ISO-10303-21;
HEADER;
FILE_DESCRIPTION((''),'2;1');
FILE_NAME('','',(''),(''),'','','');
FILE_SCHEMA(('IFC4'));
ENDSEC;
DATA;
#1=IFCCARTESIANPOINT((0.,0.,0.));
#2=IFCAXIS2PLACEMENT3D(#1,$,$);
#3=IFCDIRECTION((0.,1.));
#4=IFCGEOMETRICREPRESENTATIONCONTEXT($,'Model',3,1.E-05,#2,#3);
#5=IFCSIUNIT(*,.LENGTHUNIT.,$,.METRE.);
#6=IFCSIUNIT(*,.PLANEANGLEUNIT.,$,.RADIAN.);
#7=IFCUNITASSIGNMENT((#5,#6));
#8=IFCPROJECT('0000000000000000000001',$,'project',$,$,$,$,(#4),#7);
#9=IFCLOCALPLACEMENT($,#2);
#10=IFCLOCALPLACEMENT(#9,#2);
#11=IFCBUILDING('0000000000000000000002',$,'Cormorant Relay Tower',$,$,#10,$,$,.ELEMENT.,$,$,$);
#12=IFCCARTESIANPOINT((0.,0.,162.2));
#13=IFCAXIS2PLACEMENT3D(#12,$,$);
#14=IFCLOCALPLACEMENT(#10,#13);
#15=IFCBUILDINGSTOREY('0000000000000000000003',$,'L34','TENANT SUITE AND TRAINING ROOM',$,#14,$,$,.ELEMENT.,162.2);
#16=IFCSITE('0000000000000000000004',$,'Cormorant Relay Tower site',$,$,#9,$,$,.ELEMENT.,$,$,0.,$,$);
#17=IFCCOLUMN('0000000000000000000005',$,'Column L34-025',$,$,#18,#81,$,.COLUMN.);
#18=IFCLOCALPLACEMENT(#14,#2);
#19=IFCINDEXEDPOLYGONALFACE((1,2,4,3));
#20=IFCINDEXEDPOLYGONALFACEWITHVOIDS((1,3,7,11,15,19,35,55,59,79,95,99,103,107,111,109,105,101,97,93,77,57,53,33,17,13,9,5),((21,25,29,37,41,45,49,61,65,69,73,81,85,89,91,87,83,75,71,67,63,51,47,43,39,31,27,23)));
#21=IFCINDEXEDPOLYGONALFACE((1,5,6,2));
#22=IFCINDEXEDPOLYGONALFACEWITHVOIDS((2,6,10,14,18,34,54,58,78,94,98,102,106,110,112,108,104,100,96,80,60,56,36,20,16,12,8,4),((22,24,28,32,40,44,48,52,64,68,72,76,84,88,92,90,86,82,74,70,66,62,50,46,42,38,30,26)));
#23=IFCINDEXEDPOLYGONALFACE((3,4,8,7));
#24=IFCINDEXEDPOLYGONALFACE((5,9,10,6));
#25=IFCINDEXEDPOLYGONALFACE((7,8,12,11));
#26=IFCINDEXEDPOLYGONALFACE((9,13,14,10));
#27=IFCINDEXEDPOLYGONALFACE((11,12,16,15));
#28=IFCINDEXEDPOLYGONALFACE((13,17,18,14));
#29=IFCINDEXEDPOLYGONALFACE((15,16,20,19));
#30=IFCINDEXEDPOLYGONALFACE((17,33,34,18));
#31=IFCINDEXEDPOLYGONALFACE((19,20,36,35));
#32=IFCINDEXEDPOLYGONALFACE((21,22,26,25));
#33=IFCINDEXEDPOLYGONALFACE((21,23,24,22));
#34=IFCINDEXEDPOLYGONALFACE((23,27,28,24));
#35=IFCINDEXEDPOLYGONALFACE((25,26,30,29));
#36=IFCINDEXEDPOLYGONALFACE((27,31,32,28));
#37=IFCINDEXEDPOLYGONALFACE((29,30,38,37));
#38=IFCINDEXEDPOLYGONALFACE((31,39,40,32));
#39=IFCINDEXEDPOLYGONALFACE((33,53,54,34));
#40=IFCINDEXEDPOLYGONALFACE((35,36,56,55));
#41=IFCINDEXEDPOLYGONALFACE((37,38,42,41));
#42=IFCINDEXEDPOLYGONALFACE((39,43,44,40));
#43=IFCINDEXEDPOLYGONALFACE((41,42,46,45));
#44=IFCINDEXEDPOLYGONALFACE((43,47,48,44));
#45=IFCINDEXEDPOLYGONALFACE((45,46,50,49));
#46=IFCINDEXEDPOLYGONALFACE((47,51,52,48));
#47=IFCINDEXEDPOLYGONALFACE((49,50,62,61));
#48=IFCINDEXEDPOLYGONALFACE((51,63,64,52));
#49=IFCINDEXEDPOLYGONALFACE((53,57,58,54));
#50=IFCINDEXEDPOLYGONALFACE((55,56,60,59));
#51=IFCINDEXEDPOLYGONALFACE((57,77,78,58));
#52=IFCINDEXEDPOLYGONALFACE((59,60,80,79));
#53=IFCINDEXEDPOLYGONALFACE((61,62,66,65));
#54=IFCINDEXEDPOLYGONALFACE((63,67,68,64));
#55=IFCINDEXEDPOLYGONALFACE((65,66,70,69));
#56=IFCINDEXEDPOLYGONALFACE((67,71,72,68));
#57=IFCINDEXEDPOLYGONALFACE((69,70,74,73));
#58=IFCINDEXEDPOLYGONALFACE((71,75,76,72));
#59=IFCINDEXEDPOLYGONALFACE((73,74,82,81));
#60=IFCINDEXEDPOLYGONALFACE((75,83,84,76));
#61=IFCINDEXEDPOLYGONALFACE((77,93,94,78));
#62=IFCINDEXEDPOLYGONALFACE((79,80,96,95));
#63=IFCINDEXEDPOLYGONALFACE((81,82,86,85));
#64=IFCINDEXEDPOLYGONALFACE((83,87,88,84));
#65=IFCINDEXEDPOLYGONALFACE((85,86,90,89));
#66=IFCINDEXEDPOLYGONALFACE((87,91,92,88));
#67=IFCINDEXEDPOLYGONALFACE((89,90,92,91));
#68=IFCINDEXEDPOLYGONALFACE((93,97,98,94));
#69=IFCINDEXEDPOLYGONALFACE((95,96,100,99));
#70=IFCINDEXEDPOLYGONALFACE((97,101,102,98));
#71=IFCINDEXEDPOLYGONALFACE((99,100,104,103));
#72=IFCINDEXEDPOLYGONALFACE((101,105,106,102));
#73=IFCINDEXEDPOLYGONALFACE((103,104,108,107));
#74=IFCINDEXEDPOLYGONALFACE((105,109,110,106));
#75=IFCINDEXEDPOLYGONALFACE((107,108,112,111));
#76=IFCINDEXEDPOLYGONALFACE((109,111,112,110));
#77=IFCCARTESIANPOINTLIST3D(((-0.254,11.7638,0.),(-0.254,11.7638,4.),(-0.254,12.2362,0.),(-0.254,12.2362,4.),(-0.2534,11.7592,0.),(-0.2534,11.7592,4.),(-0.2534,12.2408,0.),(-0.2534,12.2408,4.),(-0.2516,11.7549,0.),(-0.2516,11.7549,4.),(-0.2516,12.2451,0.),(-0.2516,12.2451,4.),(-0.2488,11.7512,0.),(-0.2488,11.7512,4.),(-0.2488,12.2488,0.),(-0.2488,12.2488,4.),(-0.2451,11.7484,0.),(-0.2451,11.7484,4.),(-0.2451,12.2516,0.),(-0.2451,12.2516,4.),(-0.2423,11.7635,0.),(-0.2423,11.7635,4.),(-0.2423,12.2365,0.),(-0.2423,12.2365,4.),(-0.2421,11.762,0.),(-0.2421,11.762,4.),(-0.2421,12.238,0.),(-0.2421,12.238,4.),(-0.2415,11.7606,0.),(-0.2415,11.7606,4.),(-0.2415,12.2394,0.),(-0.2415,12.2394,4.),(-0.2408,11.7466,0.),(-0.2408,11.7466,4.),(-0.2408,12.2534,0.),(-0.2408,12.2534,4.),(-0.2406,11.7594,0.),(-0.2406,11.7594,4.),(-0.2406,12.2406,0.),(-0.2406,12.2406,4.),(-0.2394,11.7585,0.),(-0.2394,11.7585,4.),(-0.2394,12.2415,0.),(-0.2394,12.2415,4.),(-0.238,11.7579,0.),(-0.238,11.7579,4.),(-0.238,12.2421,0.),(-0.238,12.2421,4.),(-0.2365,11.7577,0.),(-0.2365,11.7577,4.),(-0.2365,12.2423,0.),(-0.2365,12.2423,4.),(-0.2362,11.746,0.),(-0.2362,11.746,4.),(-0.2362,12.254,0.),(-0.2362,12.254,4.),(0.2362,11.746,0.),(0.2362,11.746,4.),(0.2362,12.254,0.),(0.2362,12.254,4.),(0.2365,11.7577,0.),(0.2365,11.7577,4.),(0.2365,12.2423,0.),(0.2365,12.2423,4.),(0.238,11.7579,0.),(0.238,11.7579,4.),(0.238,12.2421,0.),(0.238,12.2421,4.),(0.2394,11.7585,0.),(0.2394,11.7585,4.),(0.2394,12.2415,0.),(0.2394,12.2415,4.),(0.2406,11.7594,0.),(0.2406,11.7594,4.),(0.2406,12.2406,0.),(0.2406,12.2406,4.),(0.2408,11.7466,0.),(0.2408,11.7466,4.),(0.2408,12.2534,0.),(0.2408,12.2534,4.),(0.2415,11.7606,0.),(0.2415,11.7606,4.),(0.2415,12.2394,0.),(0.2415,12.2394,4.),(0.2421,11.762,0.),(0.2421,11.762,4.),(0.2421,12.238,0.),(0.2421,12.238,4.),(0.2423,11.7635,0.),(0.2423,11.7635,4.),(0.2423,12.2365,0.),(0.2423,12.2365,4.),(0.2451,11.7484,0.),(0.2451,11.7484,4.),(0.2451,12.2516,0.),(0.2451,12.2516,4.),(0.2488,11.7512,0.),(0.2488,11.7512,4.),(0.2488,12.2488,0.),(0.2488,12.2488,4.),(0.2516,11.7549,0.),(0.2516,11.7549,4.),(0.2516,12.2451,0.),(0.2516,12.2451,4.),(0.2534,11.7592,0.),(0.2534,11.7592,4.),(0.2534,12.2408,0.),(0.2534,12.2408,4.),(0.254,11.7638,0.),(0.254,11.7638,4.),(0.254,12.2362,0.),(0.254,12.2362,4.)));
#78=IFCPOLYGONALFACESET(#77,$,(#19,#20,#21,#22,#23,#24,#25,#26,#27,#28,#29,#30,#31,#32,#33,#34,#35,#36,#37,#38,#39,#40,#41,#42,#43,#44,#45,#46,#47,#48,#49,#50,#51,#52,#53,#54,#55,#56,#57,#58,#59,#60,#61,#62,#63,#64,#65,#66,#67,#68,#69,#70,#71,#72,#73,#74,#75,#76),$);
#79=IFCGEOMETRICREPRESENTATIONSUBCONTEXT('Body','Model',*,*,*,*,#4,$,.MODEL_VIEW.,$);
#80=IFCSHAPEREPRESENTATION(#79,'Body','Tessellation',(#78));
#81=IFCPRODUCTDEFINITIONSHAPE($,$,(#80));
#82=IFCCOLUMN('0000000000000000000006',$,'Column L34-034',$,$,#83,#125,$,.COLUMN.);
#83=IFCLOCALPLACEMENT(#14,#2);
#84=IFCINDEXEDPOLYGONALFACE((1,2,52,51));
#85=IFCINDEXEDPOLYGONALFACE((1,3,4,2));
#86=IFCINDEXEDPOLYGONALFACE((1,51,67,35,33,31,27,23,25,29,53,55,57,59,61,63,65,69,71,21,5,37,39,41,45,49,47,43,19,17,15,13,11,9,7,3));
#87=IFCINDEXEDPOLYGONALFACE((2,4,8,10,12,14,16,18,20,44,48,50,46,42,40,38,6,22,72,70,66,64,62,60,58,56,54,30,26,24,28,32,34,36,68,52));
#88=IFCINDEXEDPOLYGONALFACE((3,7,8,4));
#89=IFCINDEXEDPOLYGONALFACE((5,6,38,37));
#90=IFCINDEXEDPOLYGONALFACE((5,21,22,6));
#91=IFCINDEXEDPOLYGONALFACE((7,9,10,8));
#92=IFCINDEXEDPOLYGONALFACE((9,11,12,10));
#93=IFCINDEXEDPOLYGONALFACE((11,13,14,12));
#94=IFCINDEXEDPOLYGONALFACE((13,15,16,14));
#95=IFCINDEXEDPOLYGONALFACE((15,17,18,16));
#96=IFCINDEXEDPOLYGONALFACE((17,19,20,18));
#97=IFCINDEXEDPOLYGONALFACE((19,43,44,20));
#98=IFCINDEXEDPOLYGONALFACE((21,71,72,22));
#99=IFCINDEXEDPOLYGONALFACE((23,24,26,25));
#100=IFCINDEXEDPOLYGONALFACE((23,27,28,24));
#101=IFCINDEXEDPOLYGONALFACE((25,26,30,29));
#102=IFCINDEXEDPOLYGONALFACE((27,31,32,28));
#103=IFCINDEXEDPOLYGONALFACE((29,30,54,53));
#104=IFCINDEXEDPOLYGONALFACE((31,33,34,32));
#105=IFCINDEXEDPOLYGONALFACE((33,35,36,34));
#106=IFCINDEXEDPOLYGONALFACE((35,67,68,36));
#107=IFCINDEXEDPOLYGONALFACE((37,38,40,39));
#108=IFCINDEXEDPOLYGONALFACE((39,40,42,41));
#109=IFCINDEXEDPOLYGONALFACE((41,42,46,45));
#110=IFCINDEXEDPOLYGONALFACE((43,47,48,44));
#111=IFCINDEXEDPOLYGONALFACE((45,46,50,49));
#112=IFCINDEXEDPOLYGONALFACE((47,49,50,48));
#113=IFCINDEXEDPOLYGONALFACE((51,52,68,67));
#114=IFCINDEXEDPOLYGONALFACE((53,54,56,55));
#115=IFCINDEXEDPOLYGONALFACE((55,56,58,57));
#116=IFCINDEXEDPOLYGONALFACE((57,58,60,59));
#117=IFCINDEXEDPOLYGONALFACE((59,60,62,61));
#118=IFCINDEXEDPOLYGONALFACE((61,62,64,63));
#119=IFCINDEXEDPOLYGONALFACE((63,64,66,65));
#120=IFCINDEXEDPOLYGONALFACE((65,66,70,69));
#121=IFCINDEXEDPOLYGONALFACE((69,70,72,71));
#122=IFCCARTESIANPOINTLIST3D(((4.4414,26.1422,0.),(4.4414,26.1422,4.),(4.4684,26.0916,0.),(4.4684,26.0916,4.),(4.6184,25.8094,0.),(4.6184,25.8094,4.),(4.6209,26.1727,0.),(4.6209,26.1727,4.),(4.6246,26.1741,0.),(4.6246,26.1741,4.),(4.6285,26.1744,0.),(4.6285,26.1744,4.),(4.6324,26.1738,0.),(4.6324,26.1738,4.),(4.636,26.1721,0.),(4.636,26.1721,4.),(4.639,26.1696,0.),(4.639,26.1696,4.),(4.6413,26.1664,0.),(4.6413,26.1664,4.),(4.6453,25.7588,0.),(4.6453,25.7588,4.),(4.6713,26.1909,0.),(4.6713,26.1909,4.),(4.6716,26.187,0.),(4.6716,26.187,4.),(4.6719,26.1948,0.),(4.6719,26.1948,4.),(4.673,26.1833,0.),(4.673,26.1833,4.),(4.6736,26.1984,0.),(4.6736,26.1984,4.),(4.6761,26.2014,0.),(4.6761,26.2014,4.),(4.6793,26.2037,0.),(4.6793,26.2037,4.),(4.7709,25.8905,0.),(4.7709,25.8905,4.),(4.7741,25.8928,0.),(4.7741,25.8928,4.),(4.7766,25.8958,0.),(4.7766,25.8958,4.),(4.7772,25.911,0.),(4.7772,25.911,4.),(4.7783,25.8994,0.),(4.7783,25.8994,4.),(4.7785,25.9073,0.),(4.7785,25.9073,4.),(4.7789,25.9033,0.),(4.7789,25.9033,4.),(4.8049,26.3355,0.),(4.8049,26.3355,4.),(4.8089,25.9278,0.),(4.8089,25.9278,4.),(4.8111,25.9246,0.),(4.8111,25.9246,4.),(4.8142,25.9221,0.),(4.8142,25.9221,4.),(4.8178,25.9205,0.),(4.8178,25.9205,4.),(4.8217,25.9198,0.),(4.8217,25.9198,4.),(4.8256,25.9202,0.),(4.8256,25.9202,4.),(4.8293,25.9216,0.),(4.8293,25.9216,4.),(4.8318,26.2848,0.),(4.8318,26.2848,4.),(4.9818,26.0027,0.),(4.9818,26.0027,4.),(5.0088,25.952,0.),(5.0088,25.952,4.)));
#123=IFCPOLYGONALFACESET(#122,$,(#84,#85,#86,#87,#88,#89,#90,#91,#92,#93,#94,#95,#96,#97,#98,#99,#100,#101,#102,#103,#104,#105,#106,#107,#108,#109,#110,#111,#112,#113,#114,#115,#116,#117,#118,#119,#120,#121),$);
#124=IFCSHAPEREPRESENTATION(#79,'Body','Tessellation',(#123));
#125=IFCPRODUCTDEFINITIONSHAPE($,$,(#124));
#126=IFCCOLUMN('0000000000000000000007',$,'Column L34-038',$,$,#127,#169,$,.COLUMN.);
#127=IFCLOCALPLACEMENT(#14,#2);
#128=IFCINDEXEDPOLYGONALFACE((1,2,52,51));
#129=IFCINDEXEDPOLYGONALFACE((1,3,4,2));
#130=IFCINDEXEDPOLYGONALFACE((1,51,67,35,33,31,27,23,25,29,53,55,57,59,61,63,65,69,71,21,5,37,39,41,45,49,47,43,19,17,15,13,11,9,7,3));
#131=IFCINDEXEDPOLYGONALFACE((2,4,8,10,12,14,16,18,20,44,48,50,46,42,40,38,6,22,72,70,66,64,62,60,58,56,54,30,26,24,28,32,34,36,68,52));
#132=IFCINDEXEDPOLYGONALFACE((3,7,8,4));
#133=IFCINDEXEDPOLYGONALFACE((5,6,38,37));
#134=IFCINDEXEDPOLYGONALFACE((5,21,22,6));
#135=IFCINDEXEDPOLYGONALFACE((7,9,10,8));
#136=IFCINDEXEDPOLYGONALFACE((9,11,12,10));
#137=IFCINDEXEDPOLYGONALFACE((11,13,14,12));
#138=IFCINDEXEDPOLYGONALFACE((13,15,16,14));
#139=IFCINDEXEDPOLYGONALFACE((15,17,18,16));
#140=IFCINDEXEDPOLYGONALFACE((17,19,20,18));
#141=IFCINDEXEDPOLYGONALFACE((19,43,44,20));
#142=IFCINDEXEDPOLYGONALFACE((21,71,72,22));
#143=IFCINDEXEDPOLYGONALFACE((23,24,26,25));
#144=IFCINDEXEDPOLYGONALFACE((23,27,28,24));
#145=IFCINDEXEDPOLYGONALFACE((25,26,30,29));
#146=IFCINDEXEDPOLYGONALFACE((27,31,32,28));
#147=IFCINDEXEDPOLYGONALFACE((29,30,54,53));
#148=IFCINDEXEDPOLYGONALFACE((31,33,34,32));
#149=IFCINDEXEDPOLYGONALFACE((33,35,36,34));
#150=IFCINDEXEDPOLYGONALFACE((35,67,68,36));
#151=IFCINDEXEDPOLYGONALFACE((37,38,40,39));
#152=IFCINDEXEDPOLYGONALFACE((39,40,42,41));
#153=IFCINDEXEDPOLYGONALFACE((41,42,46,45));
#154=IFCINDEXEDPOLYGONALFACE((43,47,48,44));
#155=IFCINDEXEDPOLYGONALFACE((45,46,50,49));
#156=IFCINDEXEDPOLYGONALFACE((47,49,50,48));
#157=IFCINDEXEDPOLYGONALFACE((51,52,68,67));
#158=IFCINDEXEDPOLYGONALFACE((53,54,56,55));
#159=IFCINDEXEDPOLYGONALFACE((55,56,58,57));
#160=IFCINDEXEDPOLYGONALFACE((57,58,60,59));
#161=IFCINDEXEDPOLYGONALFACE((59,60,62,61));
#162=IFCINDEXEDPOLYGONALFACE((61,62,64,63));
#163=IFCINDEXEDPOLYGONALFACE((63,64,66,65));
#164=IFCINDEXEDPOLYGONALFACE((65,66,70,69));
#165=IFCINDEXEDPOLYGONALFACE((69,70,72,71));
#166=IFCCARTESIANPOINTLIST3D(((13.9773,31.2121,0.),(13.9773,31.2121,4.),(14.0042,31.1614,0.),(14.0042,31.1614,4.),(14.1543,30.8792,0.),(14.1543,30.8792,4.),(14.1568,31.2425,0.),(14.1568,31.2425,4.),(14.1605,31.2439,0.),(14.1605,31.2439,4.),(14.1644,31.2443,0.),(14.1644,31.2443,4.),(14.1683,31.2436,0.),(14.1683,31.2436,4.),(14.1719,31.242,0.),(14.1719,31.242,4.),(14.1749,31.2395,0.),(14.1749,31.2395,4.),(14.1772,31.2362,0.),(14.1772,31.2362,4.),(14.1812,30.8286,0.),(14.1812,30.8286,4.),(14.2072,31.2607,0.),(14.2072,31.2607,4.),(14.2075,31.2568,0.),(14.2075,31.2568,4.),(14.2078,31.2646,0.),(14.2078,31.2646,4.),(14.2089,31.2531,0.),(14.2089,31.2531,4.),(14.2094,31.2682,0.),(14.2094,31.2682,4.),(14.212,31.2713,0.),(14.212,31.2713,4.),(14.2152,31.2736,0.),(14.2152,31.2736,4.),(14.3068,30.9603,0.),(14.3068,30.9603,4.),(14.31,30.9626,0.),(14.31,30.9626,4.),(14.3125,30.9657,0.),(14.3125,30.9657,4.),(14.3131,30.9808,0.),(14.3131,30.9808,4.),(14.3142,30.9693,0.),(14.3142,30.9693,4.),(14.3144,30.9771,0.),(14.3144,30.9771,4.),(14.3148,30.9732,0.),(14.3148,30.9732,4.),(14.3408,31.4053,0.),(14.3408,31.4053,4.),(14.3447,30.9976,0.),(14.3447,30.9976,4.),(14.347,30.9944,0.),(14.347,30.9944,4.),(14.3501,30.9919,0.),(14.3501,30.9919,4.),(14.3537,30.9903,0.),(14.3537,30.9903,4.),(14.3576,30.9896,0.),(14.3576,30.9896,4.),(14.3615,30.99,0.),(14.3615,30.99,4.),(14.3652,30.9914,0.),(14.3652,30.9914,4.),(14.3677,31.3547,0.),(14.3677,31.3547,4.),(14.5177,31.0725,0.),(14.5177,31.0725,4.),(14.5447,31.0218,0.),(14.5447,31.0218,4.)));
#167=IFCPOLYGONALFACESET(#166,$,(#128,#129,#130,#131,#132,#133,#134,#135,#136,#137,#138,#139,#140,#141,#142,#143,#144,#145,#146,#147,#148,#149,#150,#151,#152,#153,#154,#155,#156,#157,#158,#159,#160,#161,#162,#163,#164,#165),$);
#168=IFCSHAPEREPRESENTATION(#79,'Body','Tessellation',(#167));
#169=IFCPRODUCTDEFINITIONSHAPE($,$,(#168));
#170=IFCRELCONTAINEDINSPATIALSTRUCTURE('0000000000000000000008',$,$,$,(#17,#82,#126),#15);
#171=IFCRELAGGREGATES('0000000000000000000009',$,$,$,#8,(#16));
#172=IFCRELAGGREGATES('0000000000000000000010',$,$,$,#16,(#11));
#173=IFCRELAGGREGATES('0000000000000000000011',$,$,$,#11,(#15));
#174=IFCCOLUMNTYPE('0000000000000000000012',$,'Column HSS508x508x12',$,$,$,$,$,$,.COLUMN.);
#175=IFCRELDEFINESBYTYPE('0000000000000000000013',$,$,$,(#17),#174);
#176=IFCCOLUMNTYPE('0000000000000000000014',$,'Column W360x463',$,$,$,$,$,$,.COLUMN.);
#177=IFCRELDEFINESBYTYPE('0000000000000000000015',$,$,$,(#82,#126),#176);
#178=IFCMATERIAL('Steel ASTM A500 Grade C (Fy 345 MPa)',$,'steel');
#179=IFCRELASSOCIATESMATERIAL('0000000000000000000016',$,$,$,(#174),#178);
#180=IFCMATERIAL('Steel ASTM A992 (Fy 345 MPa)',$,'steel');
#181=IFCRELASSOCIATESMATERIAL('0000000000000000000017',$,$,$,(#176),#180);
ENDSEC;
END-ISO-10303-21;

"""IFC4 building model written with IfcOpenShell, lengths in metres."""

from ifc_helpers import new_model, si_unit, direction, frame, origin, origin_2d, place, context, subcontext, project, spatial, hollow_rectangle, i_section, extrude, material, material_profile, profile_set, type_object, element, save


model = new_model("IFC4")

# Units and contexts
model_context = context("Model", 3, precision=1e-05, world=origin(), true_north=direction((0.0, 1.0)))
body_context = subcontext(model_context, "Body", "Model", "MODEL_VIEW")
ifc_project = project(units=[si_unit("LENGTHUNIT", "METRE"), si_unit("PLANEANGLEUNIT", "RADIAN")], contexts=[model_context])

# Site, building, storey
site_placement = place(None, origin())
site = spatial("IfcSite", under=ifc_project, at=site_placement, Name="Cormorant Relay Tower site", CompositionType="ELEMENT", RefElevation=0.0)
building_placement = place(site_placement, origin())
building = spatial("IfcBuilding", under=site, at=building_placement, Name="Cormorant Relay Tower", CompositionType="ELEMENT")
storey_placement = place(building_placement, frame((0.0, 0.0, 162.2)))
storey = spatial("IfcBuildingStorey", under=building, at=storey_placement, Name="L34", Description="TENANT SUITE AND TRAINING ROOM", CompositionType="ELEMENT", Elevation=162.2)

# Columns
ifc_material_1 = material(Name="Steel ASTM A500 Grade C (Fy 345 MPa)", Category="steel")
ifc_material_profile_1 = material_profile(ifc_material_1, hollow_rectangle(XDim=0.5081, YDim=0.5081, WallThickness=0.0117, InnerFilletRadius=0.0059, OuterFilletRadius=0.0178, at=origin_2d()), Name="HSS508x508x12")
ifc_profile_set_1 = profile_set([ifc_material_profile_1], Name="Steel ASTM A500 Grade C (Fy 345 MPa)")
column_type_1 = type_object("IfcColumnType", Name="Column HSS508x508x12", PredefinedType="COLUMN", material=ifc_profile_set_1)
column_1_placement = place(storey_placement, frame((0.0, 12.0, 0.0), z_axis=(0.0, 0.0, 1.0), x_axis=(1.0, 0.0, 0.0)))
element("IfcColumn", 1, at=column_1_placement, inside=storey, type_object=column_type_1, Name="Column L34-025", PredefinedType="COLUMN", context=body_context, shape_type="SweptSolid", body=[
    extrude(hollow_rectangle(XDim=0.5081, YDim=0.5081, WallThickness=0.0117, InnerFilletRadius=0.0059, OuterFilletRadius=0.0178, at=origin_2d()), origin(), (0.0, 0.0, 1.0), 4.0),
])
ifc_material_2 = material(Name="Steel ASTM A992 (Fy 345 MPa)", Category="steel")
ifc_material_profile_2 = material_profile(ifc_material_2, i_section(OverallWidth=0.4116, OverallDepth=0.4343, WebThickness=0.0359, FlangeThickness=0.0574, FilletRadius=0.0151, at=origin_2d()), Name="W360x463")
ifc_profile_set_2 = profile_set([ifc_material_profile_2], Name="Steel ASTM A992 (Fy 345 MPa)")
column_type_2 = type_object("IfcColumnType", Name="Column W360x463", PredefinedType="COLUMN", material=ifc_profile_set_2)
for number, where, z_axis, x_axis, name in (
    (2, (4.7251, 26.0471, 0.0), (0.0, 0.0, 1.0), (-0.882948, -0.469472, 0.0), "Column L34-034"),
    (3, (14.261, 31.1169, 0.0), (0.0, 0.0, 1.0), (-0.882948, -0.469472, 0.0), "Column L34-038"),
):
    element("IfcColumn", number, at=place(storey_placement, frame(where, z_axis=z_axis, x_axis=x_axis)), inside=storey, type_object=column_type_2, Name=name, PredefinedType="COLUMN", context=body_context, shape_type="SweptSolid", body=[
        extrude(i_section(OverallWidth=0.4116, OverallDepth=0.4343, WebThickness=0.0359, FlangeThickness=0.0574, FilletRadius=0.0151, at=origin_2d()), origin(), (0.0, 0.0, 1.0), 4.0),
    ])

save(model, "model.ifc")
